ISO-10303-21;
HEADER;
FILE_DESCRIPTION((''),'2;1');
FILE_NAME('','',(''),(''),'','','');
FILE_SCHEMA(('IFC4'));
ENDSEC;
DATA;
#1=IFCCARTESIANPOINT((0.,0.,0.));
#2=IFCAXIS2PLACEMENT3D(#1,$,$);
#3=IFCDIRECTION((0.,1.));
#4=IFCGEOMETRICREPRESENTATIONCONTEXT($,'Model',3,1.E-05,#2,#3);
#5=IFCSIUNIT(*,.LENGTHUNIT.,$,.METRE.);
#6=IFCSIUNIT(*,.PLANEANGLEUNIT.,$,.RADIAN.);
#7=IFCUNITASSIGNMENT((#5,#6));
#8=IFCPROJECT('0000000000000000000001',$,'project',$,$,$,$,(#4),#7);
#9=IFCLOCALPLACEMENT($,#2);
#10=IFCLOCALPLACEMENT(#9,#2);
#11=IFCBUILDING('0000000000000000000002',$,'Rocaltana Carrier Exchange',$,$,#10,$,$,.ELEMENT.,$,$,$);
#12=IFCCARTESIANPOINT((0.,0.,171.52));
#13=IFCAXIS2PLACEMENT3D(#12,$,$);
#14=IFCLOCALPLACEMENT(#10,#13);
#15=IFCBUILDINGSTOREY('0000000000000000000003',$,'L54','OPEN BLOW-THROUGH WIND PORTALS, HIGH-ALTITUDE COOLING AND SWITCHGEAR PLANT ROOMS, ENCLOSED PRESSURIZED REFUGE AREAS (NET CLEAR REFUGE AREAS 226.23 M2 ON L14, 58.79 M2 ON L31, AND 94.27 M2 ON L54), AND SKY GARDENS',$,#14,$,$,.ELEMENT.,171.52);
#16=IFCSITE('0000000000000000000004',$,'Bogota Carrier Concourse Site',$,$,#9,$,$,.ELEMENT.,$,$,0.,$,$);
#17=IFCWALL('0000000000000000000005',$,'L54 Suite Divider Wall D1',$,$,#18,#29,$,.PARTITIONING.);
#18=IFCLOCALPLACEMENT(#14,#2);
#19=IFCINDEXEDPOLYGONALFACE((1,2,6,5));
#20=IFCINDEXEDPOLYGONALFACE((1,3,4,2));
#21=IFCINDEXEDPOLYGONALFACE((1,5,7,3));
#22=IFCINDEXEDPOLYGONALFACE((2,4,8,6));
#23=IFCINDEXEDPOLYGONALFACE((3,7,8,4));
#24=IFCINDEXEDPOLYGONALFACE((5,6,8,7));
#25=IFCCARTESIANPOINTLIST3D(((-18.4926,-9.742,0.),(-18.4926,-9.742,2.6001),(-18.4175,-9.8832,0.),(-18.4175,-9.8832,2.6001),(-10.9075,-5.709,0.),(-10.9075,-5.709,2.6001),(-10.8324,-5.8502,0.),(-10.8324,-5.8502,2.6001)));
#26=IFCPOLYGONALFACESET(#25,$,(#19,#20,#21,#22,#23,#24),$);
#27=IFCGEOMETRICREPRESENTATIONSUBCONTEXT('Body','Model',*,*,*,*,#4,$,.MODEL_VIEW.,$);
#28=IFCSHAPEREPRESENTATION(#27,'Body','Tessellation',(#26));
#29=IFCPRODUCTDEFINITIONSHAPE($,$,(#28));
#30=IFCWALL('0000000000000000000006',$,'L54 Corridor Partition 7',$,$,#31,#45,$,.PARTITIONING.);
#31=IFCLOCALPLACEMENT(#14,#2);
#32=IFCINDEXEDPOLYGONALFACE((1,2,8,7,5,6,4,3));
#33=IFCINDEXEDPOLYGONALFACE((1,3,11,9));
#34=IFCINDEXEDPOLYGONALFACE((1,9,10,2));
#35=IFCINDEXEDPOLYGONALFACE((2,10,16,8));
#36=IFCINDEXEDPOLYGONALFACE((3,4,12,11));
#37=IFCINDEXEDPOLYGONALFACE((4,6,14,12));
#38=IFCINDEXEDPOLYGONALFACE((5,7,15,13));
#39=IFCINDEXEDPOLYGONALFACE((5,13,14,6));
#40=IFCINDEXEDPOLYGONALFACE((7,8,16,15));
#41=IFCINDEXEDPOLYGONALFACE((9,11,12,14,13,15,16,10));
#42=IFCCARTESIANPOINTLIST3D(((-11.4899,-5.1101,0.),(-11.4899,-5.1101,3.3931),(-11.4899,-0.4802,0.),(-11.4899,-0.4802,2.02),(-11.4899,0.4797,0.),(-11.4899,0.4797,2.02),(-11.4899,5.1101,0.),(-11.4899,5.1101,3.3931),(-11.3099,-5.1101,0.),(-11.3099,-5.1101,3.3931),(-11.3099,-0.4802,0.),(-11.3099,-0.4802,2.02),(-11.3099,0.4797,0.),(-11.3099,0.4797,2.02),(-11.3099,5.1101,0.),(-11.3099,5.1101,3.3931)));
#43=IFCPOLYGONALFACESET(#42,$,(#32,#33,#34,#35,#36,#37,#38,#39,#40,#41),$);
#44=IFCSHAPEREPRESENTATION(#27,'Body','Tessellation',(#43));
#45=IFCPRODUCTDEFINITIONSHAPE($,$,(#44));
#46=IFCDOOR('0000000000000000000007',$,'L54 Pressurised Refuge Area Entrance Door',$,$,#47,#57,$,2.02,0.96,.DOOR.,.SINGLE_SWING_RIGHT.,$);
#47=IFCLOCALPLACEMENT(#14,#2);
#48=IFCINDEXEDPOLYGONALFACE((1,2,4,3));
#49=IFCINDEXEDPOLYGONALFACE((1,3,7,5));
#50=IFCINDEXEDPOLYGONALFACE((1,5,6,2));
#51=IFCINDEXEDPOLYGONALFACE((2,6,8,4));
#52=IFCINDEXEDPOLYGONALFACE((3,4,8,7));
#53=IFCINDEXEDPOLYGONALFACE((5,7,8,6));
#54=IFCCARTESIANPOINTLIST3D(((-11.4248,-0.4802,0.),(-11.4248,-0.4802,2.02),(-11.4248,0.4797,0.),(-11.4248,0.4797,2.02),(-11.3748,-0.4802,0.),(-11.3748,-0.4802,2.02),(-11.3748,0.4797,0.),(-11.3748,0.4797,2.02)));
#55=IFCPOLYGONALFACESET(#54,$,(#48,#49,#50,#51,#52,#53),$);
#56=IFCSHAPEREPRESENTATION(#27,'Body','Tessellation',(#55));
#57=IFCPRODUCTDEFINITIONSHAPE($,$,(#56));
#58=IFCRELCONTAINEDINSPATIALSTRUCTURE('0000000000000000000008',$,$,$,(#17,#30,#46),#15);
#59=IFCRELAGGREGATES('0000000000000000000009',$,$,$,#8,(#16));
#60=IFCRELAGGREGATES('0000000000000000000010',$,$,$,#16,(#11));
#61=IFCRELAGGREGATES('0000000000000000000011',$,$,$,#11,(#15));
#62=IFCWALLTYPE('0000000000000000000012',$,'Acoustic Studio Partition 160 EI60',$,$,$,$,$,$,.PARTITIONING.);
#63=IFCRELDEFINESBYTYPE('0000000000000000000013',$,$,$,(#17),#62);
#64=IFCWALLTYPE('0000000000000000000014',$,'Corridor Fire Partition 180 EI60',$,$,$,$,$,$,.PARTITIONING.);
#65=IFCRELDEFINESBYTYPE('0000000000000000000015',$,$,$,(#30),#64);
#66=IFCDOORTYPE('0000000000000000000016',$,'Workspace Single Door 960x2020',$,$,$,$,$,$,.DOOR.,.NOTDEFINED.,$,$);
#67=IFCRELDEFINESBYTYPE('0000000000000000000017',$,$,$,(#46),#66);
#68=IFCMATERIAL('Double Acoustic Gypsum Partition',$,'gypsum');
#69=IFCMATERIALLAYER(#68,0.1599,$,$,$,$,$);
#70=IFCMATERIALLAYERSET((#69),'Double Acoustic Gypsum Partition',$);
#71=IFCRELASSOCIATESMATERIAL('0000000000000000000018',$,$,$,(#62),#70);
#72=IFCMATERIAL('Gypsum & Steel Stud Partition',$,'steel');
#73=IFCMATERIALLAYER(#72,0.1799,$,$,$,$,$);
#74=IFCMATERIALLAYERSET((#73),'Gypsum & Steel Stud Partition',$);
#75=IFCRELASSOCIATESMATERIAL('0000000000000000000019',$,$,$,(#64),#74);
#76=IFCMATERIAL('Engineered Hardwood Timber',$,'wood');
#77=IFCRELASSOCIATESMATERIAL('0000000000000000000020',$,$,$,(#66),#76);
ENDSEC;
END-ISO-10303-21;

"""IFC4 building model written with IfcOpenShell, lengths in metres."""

from ifc_helpers import new_model, si_unit, direction, frame, frame_2d, origin, place, context, subcontext, project, spatial, rectangle, extrude, material, layer, layer_set, type_object, element, fill, save


model = new_model("IFC4")

# Units and contexts
model_context = context("Model", 3, precision=1e-05, world=origin(), true_north=direction((0.0, 1.0)))
body_context = subcontext(model_context, "Body", "Model", "MODEL_VIEW")
ifc_project = project(units=[si_unit("LENGTHUNIT", "METRE"), si_unit("PLANEANGLEUNIT", "RADIAN")], contexts=[model_context])

# Site, building, storey
site_placement = place(None, origin())
site = spatial("IfcSite", under=ifc_project, at=site_placement, Name="Bogota Carrier Concourse Site", CompositionType="ELEMENT", RefElevation=0.0)
building_placement = place(site_placement, origin())
building = spatial("IfcBuilding", under=site, at=building_placement, Name="Rocaltana Carrier Exchange", CompositionType="ELEMENT")
storey_placement = place(building_placement, frame((0.0, 0.0, 171.52)))
storey = spatial("IfcBuildingStorey", under=building, at=storey_placement, Name="L54", Description="OPEN BLOW-THROUGH WIND PORTALS, HIGH-ALTITUDE COOLING AND SWITCHGEAR PLANT ROOMS, ENCLOSED PRESSURIZED REFUGE AREAS (NET CLEAR REFUGE AREAS 226.23 M2 ON L14, 58.79 M2 ON L31, AND 94.27 M2 ON L54), AND SKY GARDENS", CompositionType="ELEMENT", Elevation=171.52)

# Wall
ifc_material_1 = material(Name="Double Acoustic Gypsum Partition", Category="gypsum")
ifc_layer_1 = layer(ifc_material_1, 0.1599)
ifc_layer_set_1 = layer_set([ifc_layer_1], Name="Double Acoustic Gypsum Partition")
wall_type_1 = type_object("IfcWallType", Name="Acoustic Studio Partition 160 EI60", PredefinedType="PARTITIONING", material=ifc_layer_set_1)
wall_1_placement = place(storey_placement, frame((-10.8699, -5.7795, 0.0), z_axis=(0.0, 0.0, 1.0), x_axis=(-0.882949, -0.469468, 0.0)))
element("IfcWall", 1, at=wall_1_placement, inside=storey, type_object=wall_type_1, Name="L54 Suite Divider Wall D1", PredefinedType="PARTITIONING", context=body_context, shape_type="SweptSolid", body=[
    extrude(rectangle(XDim=8.5906, YDim=0.1599, at=frame_2d((4.2954, 0.0))), origin(), (0.0, 0.0, 1.0), 2.6001),
])

# Wall, opening, door
ifc_material_2 = material(Name="Gypsum & Steel Stud Partition", Category="steel")
ifc_layer_2 = layer(ifc_material_2, 0.1799)
ifc_layer_set_2 = layer_set([ifc_layer_2], Name="Gypsum & Steel Stud Partition")
wall_type_2 = type_object("IfcWallType", Name="Corridor Fire Partition 180 EI60", PredefinedType="PARTITIONING", material=ifc_layer_set_2)
wall_2_placement = place(storey_placement, frame((-11.3999, -5.1101, 0.0), z_axis=(0.0, 0.0, 1.0), x_axis=(0.0, 1.0, 0.0)))
wall_2 = element("IfcWall", 2, at=wall_2_placement, inside=storey, type_object=wall_type_2, Name="L54 Corridor Partition 7", PredefinedType="PARTITIONING", context=body_context, shape_type="SweptSolid", body=[
    extrude(rectangle(XDim=10.2202, YDim=0.1799, at=frame_2d((5.1101, 0.0))), origin(), (0.0, 0.0, 1.0), 3.3931),
])
opening_placement = place(wall_2_placement, frame((4.6299, 0.0, 0.0)))
opening = element("IfcOpeningElement", 3, at=opening_placement, cuts=wall_2, PredefinedType="OPENING", context=body_context, shape_type="SweptSolid", body=[
    extrude(rectangle(XDim=0.96, YDim=2.02, at=frame_2d((0.48, 1.01))), frame((0.0, 0.0999, 0.0), z_axis=(0.0, -1.0, 0.0), x_axis=(1.0, 0.0, 0.0)), (0.0, 0.0, 1.0), 0.2),
])
ifc_material_3 = material(Name="Engineered Hardwood Timber", Category="wood")
door_type = type_object("IfcDoorType", Name="Workspace Single Door 960x2020", OperationType="NOTDEFINED", PredefinedType="DOOR", material=ifc_material_3)
door_placement = place(opening_placement, origin())
door = element("IfcDoor", 4, at=door_placement, inside=storey, type_object=door_type, Name="L54 Pressurised Refuge Area Entrance Door", OperationType="SINGLE_SWING_RIGHT", OverallHeight=2.02, OverallWidth=0.96, PredefinedType="DOOR", context=body_context, shape_type="SweptSolid", body=[
    extrude(rectangle(XDim=0.96, YDim=2.02, at=frame_2d((0.48, 1.01))), frame((0.0, 0.0249, 0.0), z_axis=(0.0, -1.0, 0.0), x_axis=(1.0, 0.0, 0.0)), (0.0, 0.0, 1.0), 0.05),
])
fill(opening, door)

save(model, "model.ifc")
